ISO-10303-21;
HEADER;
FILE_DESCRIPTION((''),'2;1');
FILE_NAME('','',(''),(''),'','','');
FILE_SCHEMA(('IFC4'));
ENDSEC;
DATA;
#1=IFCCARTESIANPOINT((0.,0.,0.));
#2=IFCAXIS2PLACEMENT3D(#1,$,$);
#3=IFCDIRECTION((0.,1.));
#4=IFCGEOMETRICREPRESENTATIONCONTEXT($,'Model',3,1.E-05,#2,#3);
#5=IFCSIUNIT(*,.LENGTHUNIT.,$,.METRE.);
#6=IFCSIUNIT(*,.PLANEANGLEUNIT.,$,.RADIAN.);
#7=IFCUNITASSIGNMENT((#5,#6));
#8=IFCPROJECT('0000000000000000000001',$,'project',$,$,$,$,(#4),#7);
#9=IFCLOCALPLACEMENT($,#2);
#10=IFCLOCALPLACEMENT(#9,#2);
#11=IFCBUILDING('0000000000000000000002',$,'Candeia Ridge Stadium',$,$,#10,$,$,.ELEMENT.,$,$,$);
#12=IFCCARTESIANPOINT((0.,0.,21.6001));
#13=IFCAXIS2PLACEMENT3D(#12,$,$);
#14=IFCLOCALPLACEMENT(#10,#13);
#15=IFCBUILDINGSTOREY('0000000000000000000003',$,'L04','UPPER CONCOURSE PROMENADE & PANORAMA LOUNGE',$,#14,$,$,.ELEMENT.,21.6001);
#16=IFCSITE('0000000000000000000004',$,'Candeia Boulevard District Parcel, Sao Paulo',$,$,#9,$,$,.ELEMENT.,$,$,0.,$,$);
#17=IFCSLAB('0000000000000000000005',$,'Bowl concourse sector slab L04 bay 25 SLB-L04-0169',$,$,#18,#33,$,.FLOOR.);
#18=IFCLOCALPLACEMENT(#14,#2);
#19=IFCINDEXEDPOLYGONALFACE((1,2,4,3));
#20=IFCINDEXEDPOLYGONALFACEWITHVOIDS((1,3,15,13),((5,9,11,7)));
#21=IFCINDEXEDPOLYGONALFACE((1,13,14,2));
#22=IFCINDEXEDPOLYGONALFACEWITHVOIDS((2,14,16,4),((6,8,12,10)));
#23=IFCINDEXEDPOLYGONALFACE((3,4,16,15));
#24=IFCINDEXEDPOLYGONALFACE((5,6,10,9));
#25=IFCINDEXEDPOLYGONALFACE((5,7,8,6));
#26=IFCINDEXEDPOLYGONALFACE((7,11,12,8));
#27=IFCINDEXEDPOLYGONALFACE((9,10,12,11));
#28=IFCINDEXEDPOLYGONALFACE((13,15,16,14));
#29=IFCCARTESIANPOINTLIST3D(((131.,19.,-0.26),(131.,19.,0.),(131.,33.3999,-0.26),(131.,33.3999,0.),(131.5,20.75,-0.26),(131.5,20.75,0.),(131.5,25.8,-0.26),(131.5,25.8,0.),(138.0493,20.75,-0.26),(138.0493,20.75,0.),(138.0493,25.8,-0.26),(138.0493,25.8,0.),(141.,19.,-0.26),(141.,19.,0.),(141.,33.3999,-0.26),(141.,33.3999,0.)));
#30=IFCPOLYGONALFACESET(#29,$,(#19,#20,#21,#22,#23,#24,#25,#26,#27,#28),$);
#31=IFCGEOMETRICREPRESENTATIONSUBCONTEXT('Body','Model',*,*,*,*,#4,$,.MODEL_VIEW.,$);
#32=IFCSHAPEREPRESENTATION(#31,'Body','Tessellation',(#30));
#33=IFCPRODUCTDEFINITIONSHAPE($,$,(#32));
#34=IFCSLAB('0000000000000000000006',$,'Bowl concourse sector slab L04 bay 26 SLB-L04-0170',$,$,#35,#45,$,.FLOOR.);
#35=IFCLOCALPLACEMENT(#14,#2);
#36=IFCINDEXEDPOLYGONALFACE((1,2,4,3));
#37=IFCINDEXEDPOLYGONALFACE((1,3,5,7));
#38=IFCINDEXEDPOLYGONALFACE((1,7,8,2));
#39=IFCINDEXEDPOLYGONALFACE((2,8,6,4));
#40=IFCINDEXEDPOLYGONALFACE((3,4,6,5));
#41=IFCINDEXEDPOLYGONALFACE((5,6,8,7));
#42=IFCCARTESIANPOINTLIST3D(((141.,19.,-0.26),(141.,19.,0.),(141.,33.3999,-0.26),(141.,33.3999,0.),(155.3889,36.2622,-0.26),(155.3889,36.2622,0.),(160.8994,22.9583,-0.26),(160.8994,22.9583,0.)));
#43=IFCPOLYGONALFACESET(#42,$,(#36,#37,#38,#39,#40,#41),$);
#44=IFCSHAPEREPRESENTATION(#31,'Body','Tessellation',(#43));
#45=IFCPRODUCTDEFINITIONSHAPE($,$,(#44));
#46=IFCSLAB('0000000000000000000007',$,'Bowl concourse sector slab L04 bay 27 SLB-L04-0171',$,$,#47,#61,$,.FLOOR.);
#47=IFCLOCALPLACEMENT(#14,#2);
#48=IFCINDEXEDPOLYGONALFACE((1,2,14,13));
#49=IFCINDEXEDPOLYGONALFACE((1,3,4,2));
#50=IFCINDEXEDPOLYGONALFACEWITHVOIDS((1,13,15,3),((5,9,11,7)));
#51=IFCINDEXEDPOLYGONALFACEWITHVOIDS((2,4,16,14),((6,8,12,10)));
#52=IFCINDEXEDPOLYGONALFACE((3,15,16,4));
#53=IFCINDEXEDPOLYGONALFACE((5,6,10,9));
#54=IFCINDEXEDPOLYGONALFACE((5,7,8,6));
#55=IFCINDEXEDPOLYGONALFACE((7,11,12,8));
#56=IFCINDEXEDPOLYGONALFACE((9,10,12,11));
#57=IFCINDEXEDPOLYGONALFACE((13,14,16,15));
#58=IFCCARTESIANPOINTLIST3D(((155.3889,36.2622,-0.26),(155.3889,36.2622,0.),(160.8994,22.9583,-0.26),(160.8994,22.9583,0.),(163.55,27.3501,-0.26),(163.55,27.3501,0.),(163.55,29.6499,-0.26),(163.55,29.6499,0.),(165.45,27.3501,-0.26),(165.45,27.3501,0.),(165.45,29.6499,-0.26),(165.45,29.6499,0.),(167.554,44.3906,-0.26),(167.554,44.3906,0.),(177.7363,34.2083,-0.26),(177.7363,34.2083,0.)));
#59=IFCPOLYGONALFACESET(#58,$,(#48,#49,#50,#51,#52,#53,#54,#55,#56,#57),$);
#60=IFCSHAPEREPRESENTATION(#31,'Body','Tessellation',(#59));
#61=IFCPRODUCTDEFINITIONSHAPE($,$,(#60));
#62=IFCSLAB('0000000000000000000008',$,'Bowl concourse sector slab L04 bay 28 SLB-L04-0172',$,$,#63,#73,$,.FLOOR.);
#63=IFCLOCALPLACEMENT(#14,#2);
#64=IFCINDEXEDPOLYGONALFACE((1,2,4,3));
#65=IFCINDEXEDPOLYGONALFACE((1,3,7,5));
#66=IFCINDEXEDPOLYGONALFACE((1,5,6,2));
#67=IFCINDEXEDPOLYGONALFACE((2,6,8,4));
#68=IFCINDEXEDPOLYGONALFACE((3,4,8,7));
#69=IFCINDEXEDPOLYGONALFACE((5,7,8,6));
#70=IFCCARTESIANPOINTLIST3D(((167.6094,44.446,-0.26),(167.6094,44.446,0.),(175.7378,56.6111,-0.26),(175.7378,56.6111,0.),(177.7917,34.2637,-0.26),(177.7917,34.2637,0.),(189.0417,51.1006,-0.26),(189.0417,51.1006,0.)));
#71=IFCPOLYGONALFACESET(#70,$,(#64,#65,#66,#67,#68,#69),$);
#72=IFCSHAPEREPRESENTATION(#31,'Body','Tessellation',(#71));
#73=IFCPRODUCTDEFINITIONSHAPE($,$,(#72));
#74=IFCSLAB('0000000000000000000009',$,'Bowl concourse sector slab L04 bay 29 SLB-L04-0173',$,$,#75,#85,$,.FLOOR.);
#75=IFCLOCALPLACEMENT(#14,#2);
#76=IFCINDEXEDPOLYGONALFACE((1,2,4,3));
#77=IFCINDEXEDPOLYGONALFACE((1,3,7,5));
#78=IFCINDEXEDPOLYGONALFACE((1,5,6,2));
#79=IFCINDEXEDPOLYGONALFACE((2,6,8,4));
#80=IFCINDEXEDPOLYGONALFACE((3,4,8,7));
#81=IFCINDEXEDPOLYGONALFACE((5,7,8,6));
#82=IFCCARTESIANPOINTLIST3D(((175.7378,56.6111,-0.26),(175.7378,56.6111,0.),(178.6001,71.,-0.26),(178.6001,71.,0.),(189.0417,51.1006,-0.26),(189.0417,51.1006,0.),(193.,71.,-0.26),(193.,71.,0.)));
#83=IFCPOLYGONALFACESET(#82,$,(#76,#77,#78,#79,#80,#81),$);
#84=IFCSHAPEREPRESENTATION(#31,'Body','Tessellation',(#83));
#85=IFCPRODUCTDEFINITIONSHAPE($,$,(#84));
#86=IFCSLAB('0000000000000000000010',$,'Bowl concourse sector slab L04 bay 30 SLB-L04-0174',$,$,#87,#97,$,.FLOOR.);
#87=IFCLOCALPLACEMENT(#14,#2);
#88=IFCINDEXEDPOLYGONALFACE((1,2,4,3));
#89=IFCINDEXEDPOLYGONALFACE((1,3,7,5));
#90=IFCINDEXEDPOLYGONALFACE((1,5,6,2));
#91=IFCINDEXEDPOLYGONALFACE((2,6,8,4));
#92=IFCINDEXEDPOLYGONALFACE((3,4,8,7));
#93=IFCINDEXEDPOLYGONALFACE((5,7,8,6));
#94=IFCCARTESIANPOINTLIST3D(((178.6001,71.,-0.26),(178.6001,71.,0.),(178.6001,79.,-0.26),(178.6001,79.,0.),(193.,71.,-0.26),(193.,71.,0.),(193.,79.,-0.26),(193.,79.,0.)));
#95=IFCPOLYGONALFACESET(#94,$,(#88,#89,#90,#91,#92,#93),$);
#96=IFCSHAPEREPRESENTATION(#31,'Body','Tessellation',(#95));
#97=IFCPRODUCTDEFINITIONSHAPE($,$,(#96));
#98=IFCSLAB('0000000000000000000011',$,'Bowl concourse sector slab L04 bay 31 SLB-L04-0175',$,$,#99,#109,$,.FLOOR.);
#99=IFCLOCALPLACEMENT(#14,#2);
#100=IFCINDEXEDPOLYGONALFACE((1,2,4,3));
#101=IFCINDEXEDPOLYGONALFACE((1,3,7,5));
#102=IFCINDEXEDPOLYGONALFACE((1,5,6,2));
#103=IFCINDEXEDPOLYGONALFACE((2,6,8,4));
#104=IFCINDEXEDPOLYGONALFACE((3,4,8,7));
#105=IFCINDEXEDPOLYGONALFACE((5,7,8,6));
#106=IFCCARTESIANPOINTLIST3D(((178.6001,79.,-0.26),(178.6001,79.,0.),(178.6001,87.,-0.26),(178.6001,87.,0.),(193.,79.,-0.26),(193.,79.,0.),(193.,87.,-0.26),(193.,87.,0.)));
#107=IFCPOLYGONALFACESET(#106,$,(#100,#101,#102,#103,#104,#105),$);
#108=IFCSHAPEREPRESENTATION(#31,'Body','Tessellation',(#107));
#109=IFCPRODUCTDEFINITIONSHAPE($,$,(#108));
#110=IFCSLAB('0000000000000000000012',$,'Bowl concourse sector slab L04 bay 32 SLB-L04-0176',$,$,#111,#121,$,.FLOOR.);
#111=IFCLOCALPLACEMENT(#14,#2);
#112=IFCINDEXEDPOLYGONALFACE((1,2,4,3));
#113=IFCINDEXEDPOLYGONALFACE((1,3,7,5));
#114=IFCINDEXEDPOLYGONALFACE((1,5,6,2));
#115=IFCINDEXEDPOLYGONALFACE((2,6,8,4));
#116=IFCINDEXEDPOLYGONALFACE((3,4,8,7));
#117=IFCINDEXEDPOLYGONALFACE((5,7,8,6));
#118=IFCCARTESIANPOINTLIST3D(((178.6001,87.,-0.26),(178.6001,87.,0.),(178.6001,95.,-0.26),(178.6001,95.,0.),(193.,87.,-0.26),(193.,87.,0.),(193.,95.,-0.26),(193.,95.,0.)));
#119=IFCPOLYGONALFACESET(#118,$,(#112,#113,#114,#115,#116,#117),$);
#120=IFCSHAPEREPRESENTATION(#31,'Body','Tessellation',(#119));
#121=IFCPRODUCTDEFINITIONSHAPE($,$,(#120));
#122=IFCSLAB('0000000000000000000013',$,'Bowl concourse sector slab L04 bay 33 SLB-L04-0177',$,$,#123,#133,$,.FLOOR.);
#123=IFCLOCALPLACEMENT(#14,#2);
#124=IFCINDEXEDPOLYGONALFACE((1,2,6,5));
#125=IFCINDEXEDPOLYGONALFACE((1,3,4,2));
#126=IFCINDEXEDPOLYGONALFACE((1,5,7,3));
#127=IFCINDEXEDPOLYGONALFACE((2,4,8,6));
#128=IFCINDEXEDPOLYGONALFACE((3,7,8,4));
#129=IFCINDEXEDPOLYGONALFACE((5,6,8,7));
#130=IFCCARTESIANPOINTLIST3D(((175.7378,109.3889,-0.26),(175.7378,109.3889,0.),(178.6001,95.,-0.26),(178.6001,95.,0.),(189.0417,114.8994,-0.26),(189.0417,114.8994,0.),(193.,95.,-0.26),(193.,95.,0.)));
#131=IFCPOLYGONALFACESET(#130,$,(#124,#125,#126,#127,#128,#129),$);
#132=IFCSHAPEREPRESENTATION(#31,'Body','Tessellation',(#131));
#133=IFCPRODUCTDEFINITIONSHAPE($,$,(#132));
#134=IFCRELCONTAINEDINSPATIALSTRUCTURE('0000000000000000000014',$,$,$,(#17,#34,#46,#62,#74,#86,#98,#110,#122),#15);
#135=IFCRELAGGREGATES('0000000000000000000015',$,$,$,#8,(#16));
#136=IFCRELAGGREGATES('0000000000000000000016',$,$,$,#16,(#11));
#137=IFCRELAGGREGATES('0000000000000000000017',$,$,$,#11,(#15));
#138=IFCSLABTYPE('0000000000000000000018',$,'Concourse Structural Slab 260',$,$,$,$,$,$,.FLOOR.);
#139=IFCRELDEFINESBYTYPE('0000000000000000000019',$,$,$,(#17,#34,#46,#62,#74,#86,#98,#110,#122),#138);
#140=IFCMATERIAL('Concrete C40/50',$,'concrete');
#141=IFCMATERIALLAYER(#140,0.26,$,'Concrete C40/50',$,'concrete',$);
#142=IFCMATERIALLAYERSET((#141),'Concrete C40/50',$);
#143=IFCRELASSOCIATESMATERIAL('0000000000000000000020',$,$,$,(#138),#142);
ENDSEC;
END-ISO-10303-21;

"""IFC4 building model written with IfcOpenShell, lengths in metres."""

from ifc_helpers import new_model, si_unit, direction, frame, origin, place, context, subcontext, project, spatial, polyline, outline, extrude, material, layer, layer_set, type_object, element, save


model = new_model("IFC4")

# Units and contexts
model_context = context("Model", 3, precision=1e-05, world=origin(), true_north=direction((0.0, 1.0)))
body_context = subcontext(model_context, "Body", "Model", "MODEL_VIEW")
ifc_project = project(units=[si_unit("LENGTHUNIT", "METRE"), si_unit("PLANEANGLEUNIT", "RADIAN")], contexts=[model_context])

# Site, building, storey
site_placement = place(None, origin())
site = spatial("IfcSite", under=ifc_project, at=site_placement, Name="Candeia Boulevard District Parcel, Sao Paulo", CompositionType="ELEMENT", RefElevation=0.0)
building_placement = place(site_placement, origin())
building = spatial("IfcBuilding", under=site, at=building_placement, Name="Candeia Ridge Stadium", CompositionType="ELEMENT")
storey_placement = place(building_placement, frame((0.0, 0.0, 21.6001)))
storey = spatial("IfcBuildingStorey", under=building, at=storey_placement, Name="L04", Description="UPPER CONCOURSE PROMENADE & PANORAMA LOUNGE", CompositionType="ELEMENT", Elevation=21.6001)

# Slabs
ifc_material = material(Name="Concrete C40/50", Category="concrete")
ifc_layer = layer(ifc_material, 0.26, Name="Concrete C40/50", Category="concrete")
ifc_layer_set = layer_set([ifc_layer], Name="Concrete C40/50")
slab_type = type_object("IfcSlabType", Name="Concourse Structural Slab 260", PredefinedType="FLOOR", material=ifc_layer_set)
slab_1_placement = place(storey_placement, frame((0.0, 0.0, -0.26)))
element("IfcSlab", 1, at=slab_1_placement, inside=storey, type_object=slab_type, Name="Bowl concourse sector slab L04 bay 25 SLB-L04-0169", PredefinedType="FLOOR", context=body_context, shape_type="SweptSolid", body=[
    extrude(outline(polyline([(141.0, 33.3999), (141.0, 19.0), (131.0, 19.0), (131.0, 33.3999), (141.0, 33.3999)]), holes=[polyline([(138.0493, 25.8), (131.5, 25.8), (131.5, 20.75), (138.0493, 20.75), (138.0493, 25.8)])]), origin(), (0.0, 0.0, 1.0), 0.26),
])
slab_2_placement = place(storey_placement, frame((0.0, 0.0, -0.26)))
element("IfcSlab", 2, at=slab_2_placement, inside=storey, type_object=slab_type, Name="Bowl concourse sector slab L04 bay 26 SLB-L04-0170", PredefinedType="FLOOR", context=body_context, shape_type="SweptSolid", body=[
    extrude(outline(polyline([(155.3889, 36.2622), (160.8994, 22.9583), (141.0, 19.0), (141.0, 33.3999), (155.3889, 36.2622)])), origin(), (0.0, 0.0, 1.0), 0.26),
])
slab_3_placement = place(storey_placement, frame((0.0, 0.0, -0.26)))
element("IfcSlab", 3, at=slab_3_placement, inside=storey, type_object=slab_type, Name="Bowl concourse sector slab L04 bay 27 SLB-L04-0171", PredefinedType="FLOOR", context=body_context, shape_type="SweptSolid", body=[
    extrude(outline(polyline([(167.554, 44.3906), (177.7363, 34.2083), (160.8994, 22.9583), (155.3889, 36.2622), (167.554, 44.3906)]), holes=[polyline([(165.45, 29.6499), (163.55, 29.6499), (163.55, 27.3501), (165.45, 27.3501), (165.45, 29.6499)])]), origin(), (0.0, 0.0, 1.0), 0.26),
])
slab_4_placement = place(storey_placement, frame((0.0, 0.0, -0.26)))
element("IfcSlab", 4, at=slab_4_placement, inside=storey, type_object=slab_type, Name="Bowl concourse sector slab L04 bay 28 SLB-L04-0172", PredefinedType="FLOOR", context=body_context, shape_type="SweptSolid", body=[
    extrude(outline(polyline([(175.7378, 56.6111), (189.0417, 51.1006), (177.7917, 34.2637), (167.6094, 44.446), (175.7378, 56.6111)])), origin(), (0.0, 0.0, 1.0), 0.26),
])
slab_5_placement = place(storey_placement, frame((0.0, 0.0, -0.26)))
element("IfcSlab", 5, at=slab_5_placement, inside=storey, type_object=slab_type, Name="Bowl concourse sector slab L04 bay 29 SLB-L04-0173", PredefinedType="FLOOR", context=body_context, shape_type="SweptSolid", body=[
    extrude(outline(polyline([(178.6001, 71.0), (193.0, 71.0), (189.0417, 51.1006), (175.7378, 56.6111), (178.6001, 71.0)])), origin(), (0.0, 0.0, 1.0), 0.26),
])
slab_6_placement = place(storey_placement, frame((0.0, 0.0, -0.26)))
element("IfcSlab", 6, at=slab_6_placement, inside=storey, type_object=slab_type, Name="Bowl concourse sector slab L04 bay 30 SLB-L04-0174", PredefinedType="FLOOR", context=body_context, shape_type="SweptSolid", body=[
    extrude(outline(polyline([(178.6001, 79.0), (193.0, 79.0), (193.0, 71.0), (178.6001, 71.0), (178.6001, 79.0)])), origin(), (0.0, 0.0, 1.0), 0.26),
])
slab_7_placement = place(storey_placement, frame((0.0, 0.0, -0.26)))
element("IfcSlab", 7, at=slab_7_placement, inside=storey, type_object=slab_type, Name="Bowl concourse sector slab L04 bay 31 SLB-L04-0175", PredefinedType="FLOOR", context=body_context, shape_type="SweptSolid", body=[
    extrude(outline(polyline([(178.6001, 87.0), (193.0, 87.0), (193.0, 79.0), (178.6001, 79.0), (178.6001, 87.0)])), origin(), (0.0, 0.0, 1.0), 0.26),
])
slab_8_placement = place(storey_placement, frame((0.0, 0.0, -0.26)))
element("IfcSlab", 8, at=slab_8_placement, inside=storey, type_object=slab_type, Name="Bowl concourse sector slab L04 bay 32 SLB-L04-0176", PredefinedType="FLOOR", context=body_context, shape_type="SweptSolid", body=[
    extrude(outline(polyline([(178.6001, 95.0), (193.0, 95.0), (193.0, 87.0), (178.6001, 87.0), (178.6001, 95.0)])), origin(), (0.0, 0.0, 1.0), 0.26),
])
slab_9_placement = place(storey_placement, frame((0.0, 0.0, -0.26)))
element("IfcSlab", 9, at=slab_9_placement, inside=storey, type_object=slab_type, Name="Bowl concourse sector slab L04 bay 33 SLB-L04-0177", PredefinedType="FLOOR", context=body_context, shape_type="SweptSolid", body=[
    extrude(outline(polyline([(175.7378, 109.3889), (189.0417, 114.8994), (193.0, 95.0), (178.6001, 95.0), (175.7378, 109.3889)])), origin(), (0.0, 0.0, 1.0), 0.26),
])

save(model, "model.ifc")
